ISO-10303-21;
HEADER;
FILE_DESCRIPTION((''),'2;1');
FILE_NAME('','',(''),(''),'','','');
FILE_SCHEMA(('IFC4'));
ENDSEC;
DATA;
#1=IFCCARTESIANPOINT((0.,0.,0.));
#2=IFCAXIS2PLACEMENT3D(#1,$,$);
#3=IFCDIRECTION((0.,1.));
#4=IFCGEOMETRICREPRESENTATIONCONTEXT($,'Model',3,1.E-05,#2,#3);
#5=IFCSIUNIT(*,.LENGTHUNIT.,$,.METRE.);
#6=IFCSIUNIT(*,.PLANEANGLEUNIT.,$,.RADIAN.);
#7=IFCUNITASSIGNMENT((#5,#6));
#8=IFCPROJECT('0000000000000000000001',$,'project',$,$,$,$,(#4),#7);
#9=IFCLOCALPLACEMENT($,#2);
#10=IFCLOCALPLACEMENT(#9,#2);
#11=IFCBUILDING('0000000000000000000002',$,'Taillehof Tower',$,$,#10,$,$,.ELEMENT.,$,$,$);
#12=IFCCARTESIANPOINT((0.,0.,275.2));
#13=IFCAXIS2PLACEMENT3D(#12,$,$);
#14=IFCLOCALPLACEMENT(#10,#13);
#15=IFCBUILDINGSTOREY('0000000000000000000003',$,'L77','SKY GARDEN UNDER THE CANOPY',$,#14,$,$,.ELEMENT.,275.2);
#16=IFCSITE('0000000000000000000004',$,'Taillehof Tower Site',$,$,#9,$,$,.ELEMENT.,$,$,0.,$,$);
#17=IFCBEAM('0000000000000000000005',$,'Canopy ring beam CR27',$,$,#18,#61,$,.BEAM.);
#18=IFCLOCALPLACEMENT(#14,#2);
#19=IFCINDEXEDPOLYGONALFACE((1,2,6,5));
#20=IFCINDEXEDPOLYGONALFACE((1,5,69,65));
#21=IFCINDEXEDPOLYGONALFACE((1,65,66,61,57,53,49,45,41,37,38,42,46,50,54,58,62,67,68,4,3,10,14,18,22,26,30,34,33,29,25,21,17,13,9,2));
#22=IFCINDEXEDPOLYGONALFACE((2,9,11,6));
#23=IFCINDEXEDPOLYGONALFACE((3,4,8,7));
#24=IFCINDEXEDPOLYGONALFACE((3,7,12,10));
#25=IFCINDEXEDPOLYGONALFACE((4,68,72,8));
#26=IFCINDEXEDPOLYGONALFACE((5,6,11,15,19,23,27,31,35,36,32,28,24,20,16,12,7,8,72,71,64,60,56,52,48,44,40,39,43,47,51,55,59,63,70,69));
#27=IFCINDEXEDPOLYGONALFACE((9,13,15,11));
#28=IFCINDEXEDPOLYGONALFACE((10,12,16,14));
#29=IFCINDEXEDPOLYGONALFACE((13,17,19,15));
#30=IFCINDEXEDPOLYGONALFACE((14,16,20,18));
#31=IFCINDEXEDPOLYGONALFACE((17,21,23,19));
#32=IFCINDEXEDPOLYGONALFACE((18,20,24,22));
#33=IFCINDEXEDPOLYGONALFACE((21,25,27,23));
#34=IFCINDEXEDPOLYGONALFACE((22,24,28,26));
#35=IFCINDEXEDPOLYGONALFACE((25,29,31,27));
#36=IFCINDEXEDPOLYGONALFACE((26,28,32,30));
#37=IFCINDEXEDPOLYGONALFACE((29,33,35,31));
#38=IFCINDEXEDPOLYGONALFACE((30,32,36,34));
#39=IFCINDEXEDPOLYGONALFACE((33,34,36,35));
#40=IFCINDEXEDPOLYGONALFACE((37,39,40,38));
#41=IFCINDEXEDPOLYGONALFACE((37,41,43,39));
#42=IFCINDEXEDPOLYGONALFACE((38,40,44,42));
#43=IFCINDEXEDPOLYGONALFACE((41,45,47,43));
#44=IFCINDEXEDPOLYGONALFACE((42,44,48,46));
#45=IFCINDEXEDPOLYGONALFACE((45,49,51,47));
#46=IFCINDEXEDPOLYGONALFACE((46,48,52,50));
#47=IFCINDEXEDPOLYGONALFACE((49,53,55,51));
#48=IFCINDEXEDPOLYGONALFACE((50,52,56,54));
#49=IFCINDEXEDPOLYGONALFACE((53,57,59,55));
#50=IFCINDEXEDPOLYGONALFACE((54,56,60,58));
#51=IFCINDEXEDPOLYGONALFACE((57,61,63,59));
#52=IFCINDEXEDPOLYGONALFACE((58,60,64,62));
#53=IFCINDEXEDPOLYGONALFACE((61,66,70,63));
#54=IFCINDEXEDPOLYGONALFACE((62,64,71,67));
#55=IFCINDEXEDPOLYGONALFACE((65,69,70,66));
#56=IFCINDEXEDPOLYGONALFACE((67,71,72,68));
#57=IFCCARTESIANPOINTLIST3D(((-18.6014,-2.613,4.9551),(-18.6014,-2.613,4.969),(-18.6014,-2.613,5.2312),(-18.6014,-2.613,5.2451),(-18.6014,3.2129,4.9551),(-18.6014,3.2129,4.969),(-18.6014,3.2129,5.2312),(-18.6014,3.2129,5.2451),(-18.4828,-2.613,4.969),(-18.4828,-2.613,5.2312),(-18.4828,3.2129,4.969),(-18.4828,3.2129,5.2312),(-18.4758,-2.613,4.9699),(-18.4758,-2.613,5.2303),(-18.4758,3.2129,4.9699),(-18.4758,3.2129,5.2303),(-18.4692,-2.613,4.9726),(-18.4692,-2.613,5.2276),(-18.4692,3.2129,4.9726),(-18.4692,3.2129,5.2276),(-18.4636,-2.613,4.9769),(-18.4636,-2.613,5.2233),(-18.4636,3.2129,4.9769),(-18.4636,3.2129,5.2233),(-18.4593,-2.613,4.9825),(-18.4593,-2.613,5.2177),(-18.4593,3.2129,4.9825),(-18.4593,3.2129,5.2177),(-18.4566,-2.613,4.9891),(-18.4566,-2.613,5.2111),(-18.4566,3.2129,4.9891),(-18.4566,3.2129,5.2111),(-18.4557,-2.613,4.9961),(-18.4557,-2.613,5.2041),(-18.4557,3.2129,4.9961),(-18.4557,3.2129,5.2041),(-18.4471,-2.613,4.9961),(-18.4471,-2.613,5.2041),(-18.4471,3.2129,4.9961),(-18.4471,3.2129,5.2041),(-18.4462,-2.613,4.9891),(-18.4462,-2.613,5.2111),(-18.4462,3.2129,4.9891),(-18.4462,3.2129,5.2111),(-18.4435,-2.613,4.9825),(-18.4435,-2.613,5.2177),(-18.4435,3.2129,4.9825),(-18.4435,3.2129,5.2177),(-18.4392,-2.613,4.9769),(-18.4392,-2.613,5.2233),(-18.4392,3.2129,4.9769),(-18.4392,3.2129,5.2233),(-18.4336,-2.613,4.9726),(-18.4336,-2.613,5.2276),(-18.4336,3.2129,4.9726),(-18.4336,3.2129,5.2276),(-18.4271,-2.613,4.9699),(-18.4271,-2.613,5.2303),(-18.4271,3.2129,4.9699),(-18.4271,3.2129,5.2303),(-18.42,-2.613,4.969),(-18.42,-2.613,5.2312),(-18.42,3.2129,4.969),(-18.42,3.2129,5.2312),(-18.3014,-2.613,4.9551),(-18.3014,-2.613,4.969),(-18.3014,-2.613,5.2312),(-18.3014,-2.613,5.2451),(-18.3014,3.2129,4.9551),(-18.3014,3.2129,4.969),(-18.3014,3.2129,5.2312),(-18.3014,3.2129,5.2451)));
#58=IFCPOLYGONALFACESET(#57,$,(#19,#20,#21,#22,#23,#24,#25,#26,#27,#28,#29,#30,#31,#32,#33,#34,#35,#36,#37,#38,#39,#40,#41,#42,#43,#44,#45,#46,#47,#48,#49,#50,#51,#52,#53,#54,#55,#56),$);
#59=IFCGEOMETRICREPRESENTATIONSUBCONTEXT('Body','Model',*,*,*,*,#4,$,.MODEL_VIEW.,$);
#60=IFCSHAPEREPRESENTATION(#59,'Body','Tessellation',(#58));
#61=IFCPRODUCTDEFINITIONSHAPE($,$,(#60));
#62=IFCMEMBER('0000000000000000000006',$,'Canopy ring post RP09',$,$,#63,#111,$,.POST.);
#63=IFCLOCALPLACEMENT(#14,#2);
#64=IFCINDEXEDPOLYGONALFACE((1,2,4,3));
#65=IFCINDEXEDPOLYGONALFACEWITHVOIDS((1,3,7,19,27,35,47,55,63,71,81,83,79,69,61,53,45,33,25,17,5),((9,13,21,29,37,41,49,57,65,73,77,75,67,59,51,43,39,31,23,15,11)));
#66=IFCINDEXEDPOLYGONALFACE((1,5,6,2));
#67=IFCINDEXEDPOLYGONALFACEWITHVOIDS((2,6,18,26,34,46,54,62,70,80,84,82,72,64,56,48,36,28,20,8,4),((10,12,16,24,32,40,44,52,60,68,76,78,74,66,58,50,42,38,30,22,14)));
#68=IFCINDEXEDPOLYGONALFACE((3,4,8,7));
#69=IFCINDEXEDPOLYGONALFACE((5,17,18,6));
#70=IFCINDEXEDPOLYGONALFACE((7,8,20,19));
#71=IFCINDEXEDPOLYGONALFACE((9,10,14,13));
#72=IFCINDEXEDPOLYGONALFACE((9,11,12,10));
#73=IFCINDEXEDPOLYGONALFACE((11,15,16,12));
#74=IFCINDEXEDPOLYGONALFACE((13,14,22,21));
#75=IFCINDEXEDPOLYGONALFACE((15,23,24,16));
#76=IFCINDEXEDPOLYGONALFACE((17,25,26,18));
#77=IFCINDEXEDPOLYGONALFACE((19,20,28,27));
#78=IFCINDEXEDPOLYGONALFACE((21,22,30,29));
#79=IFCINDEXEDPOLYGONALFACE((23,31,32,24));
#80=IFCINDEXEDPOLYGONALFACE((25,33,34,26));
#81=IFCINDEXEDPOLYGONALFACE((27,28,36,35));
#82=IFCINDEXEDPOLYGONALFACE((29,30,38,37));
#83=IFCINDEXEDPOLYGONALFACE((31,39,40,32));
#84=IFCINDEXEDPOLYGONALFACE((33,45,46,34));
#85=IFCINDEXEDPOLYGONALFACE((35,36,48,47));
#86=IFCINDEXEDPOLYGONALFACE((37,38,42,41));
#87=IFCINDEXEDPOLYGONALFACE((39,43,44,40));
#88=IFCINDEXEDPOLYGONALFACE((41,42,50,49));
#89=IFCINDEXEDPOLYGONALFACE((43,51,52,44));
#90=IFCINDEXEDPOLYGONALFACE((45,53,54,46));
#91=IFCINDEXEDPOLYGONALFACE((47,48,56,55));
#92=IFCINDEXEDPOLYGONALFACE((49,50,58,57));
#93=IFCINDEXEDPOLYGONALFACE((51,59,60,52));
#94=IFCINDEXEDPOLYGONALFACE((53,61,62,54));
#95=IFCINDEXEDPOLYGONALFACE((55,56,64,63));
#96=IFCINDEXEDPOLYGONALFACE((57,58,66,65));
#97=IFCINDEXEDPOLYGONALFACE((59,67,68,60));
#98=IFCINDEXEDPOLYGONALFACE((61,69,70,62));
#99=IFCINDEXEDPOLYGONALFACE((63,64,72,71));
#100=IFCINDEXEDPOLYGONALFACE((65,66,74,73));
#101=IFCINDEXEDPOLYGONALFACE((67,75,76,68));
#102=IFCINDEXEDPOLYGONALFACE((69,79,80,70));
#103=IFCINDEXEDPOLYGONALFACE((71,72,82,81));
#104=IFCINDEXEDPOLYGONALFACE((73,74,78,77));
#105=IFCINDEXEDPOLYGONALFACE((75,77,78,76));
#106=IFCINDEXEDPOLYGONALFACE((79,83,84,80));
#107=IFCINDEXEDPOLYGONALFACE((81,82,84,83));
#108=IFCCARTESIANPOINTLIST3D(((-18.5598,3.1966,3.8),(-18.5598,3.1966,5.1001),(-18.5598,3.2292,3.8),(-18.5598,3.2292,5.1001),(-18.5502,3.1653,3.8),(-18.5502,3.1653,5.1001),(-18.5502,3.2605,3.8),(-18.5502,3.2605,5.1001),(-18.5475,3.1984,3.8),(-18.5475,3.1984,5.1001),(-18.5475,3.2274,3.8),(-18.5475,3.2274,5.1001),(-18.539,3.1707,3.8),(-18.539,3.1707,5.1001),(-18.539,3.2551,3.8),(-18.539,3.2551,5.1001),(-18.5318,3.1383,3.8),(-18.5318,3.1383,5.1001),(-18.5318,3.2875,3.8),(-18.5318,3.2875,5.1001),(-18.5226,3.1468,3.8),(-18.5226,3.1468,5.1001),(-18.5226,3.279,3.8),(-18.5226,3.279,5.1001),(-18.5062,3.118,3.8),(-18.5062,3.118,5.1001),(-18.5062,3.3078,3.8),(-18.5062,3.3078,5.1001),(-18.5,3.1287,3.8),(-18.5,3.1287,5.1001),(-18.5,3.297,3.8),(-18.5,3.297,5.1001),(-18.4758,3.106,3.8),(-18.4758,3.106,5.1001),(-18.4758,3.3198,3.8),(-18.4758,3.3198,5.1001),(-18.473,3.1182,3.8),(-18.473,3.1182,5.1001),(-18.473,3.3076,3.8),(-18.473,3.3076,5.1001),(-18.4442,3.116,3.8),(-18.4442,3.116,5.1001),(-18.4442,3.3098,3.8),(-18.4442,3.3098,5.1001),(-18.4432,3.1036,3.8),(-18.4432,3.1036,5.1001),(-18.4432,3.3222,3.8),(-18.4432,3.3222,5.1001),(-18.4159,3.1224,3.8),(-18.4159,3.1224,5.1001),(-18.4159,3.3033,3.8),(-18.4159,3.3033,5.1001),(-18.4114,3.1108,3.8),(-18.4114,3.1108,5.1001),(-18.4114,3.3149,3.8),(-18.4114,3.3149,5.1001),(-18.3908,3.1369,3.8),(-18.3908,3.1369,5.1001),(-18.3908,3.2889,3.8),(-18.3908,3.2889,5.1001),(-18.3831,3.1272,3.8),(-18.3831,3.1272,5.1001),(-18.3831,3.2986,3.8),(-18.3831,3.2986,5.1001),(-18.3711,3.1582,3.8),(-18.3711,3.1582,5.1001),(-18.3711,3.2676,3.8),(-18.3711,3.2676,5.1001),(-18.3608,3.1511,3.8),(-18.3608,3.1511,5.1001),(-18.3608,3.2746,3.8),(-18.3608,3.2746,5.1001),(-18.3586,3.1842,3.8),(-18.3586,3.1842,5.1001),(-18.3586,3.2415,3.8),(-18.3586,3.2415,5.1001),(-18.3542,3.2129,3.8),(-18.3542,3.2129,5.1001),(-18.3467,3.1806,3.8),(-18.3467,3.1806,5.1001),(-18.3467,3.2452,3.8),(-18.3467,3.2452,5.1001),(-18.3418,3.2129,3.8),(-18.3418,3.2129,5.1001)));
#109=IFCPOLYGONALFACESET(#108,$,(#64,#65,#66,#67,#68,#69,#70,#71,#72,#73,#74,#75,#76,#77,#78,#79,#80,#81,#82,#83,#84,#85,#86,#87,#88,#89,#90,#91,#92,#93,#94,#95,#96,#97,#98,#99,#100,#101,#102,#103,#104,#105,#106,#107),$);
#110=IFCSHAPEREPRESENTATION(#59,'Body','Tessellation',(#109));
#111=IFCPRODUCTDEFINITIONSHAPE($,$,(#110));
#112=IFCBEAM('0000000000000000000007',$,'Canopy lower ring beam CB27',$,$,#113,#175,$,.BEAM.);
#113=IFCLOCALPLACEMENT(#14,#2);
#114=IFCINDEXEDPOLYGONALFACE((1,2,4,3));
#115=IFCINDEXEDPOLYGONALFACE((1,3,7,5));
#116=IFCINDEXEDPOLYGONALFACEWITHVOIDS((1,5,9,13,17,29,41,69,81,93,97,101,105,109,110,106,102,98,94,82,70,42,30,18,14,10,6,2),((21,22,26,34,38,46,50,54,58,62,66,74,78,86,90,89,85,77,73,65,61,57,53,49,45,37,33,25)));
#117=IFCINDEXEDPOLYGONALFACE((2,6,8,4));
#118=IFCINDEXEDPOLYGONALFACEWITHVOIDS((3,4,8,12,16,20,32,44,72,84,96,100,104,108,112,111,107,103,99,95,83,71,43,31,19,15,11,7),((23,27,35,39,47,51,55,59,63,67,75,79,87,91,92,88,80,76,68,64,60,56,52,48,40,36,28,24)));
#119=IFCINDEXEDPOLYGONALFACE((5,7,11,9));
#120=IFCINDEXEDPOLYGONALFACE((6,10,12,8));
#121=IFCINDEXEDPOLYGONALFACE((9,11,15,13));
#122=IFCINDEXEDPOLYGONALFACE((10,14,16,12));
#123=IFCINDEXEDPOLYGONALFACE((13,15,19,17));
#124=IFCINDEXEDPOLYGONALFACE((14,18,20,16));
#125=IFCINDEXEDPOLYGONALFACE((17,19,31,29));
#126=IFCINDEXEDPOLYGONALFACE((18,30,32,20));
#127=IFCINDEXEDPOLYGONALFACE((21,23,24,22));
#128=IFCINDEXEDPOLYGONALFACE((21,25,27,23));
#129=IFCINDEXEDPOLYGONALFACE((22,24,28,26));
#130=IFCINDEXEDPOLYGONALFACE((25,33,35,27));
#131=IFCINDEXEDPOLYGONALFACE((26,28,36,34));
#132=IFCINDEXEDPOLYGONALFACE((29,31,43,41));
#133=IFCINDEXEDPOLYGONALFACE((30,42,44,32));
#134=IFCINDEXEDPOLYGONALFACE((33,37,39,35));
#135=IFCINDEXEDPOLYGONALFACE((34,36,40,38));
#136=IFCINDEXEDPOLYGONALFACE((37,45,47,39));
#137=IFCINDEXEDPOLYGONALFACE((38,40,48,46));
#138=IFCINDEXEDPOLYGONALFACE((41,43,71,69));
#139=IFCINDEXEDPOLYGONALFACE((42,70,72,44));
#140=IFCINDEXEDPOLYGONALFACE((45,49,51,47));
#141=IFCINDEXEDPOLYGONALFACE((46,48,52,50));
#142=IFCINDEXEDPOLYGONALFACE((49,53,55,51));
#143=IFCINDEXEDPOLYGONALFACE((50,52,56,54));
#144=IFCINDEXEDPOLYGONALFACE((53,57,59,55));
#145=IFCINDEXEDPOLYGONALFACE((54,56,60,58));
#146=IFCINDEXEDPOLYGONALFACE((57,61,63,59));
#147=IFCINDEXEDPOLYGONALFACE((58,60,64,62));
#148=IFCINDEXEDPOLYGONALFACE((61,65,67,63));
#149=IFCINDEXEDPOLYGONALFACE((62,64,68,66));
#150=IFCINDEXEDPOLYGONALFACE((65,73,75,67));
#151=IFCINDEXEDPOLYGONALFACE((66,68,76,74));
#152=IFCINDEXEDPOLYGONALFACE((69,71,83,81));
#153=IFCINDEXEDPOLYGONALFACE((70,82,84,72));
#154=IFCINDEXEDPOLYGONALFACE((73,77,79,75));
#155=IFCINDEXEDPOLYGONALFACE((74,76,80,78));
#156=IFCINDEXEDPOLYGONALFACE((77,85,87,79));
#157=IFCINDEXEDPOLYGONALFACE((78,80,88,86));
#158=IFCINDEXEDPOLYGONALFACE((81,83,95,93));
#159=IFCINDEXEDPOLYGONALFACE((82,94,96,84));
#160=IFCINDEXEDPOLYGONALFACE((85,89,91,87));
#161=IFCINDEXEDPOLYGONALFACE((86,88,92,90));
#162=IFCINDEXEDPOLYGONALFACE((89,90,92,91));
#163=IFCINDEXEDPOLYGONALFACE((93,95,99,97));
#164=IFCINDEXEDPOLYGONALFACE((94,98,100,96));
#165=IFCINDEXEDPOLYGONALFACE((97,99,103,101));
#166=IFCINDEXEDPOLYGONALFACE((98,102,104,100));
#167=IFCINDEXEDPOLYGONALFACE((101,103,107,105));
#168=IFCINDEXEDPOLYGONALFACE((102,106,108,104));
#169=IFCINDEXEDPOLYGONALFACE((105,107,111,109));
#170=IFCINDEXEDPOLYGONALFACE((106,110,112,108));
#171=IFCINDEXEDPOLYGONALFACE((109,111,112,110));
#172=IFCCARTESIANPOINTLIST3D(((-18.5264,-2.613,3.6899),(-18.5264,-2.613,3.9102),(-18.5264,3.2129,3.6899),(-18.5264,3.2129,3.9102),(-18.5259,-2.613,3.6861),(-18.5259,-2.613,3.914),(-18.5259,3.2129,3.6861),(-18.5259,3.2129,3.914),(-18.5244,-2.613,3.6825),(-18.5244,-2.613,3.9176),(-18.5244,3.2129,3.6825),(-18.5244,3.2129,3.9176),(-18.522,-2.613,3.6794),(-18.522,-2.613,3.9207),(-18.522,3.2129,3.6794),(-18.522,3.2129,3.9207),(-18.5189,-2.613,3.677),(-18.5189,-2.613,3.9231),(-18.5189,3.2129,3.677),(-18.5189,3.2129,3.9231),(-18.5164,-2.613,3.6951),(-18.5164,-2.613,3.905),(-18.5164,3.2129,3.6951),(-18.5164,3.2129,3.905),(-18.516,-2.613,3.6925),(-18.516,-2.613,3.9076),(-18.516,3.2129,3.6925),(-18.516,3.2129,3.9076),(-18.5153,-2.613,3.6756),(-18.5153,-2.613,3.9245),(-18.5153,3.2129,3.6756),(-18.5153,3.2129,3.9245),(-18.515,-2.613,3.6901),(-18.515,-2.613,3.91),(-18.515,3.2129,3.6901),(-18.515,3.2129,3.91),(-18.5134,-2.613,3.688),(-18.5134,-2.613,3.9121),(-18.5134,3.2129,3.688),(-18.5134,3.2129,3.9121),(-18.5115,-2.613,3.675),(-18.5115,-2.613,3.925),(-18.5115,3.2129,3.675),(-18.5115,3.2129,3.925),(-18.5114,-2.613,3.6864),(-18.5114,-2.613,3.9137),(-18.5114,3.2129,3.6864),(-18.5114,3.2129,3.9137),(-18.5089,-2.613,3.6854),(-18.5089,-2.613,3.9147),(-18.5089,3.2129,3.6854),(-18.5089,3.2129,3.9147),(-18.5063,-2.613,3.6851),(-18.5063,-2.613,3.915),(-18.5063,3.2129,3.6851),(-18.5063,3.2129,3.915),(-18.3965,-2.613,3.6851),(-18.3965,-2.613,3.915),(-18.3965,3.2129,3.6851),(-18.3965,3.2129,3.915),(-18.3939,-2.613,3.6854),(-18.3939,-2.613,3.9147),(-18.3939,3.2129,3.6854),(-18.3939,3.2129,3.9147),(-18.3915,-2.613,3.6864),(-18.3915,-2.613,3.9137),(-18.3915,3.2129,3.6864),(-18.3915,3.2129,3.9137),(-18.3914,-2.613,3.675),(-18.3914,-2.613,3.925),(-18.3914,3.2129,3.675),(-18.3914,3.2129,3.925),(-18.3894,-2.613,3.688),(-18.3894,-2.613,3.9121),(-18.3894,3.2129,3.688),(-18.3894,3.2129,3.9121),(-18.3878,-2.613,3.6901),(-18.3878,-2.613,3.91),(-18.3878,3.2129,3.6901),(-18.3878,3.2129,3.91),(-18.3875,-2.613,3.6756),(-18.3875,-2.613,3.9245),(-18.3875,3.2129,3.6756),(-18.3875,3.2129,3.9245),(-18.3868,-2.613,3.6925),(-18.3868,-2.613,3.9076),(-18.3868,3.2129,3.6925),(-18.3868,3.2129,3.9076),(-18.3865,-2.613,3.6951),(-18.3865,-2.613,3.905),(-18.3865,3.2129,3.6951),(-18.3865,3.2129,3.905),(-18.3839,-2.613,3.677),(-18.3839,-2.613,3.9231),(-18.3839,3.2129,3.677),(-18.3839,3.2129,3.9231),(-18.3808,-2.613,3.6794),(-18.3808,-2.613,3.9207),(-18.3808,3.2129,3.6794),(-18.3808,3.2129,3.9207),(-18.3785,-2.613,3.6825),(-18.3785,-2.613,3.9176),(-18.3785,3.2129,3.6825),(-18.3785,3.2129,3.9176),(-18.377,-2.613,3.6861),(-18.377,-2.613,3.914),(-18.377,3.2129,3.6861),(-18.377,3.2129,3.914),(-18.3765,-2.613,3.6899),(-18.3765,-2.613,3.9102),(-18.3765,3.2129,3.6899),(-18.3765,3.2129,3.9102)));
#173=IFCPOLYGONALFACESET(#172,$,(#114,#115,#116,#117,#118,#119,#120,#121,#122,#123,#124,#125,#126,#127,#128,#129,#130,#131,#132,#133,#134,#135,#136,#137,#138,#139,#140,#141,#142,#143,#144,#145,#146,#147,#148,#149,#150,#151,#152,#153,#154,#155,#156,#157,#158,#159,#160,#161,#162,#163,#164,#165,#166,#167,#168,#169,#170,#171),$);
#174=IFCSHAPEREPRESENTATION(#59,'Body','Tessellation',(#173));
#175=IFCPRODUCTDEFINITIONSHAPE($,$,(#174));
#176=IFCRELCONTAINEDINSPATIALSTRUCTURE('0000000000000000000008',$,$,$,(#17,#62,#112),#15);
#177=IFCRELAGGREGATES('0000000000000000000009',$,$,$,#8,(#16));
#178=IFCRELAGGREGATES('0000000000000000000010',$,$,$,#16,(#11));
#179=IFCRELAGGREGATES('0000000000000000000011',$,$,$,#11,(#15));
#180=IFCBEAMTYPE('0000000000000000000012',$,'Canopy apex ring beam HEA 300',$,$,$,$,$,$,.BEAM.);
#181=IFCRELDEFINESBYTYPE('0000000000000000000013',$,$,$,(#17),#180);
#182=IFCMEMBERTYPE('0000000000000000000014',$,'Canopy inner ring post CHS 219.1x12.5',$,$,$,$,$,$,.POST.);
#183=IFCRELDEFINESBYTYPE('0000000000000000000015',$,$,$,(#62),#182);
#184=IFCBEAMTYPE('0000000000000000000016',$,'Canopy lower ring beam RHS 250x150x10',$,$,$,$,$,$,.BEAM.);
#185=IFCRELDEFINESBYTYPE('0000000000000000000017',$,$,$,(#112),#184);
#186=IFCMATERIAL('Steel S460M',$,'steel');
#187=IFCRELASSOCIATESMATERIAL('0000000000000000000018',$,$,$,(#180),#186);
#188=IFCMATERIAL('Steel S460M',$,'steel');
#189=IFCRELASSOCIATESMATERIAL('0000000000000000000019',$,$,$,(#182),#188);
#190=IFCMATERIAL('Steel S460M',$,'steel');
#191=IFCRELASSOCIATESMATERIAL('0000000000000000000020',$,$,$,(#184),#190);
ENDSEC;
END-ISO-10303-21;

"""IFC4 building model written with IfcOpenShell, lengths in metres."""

from ifc_helpers import new_model, si_unit, direction, frame, origin, origin_2d, place, context, subcontext, project, spatial, hollow_rectangle, hollow_circle, i_section, extrude, material, material_profile, profile_set, type_object, element, save


model = new_model("IFC4")

# Units and contexts
model_context = context("Model", 3, precision=1e-05, world=origin(), true_north=direction((0.0, 1.0)))
body_context = subcontext(model_context, "Body", "Model", "MODEL_VIEW")
ifc_project = project(units=[si_unit("LENGTHUNIT", "METRE"), si_unit("PLANEANGLEUNIT", "RADIAN")], contexts=[model_context])

# Site, building, storey
site_placement = place(None, origin())
site = spatial("IfcSite", under=ifc_project, at=site_placement, Name="Taillehof Tower Site", CompositionType="ELEMENT", RefElevation=0.0)
building_placement = place(site_placement, origin())
building = spatial("IfcBuilding", under=site, at=building_placement, Name="Taillehof Tower", CompositionType="ELEMENT")
storey_placement = place(building_placement, frame((0.0, 0.0, 275.2)))
storey = spatial("IfcBuildingStorey", under=building, at=storey_placement, Name="L77", Description="SKY GARDEN UNDER THE CANOPY", CompositionType="ELEMENT", Elevation=275.2)

# Beam
ifc_material_1 = material(Name="Steel S460M", Category="steel")
ifc_material_profile_1 = material_profile(ifc_material_1, i_section(OverallWidth=0.3, OverallDepth=0.29, WebThickness=0.0085, FlangeThickness=0.0139, FilletRadius=0.0271, at=origin_2d()), Name="HEA 300")
ifc_profile_set_1 = profile_set([ifc_material_profile_1], Name="Steel S460M")
beam_type_1 = type_object("IfcBeamType", Name="Canopy apex ring beam HEA 300", PredefinedType="BEAM", material=ifc_profile_set_1)
beam_1_placement = place(storey_placement, frame((-18.4514, 3.2129, 5.1001), z_axis=(0.0, -1.0, 0.0), x_axis=(1.0, 0.0, 0.0)))
element("IfcBeam", 1, at=beam_1_placement, inside=storey, type_object=beam_type_1, Name="Canopy ring beam CR27", PredefinedType="BEAM", context=body_context, shape_type="SweptSolid", body=[
    extrude(i_section(OverallWidth=0.3, OverallDepth=0.29, WebThickness=0.0085, FlangeThickness=0.0139, FilletRadius=0.0271, at=origin_2d()), origin(), (0.0, 0.0, 1.0), 5.8259),
])

# Member
ifc_material_2 = material(Name="Steel S460M", Category="steel")
ifc_material_profile_2 = material_profile(ifc_material_2, hollow_circle(Radius=0.1096, WallThickness=0.0125, at=origin_2d()), Name="CHS 219.1x12.5")
ifc_profile_set_2 = profile_set([ifc_material_profile_2], Name="Steel S460M")
member_type_1 = type_object("IfcMemberType", Name="Canopy inner ring post CHS 219.1x12.5", PredefinedType="POST", material=ifc_profile_set_2)
member_1_placement = place(storey_placement, frame((-18.4514, 3.2129, 3.8), z_axis=(0.0, 0.0, 1.0), x_axis=(1.0, 0.0, 0.0)))
element("IfcMember", 2, at=member_1_placement, inside=storey, type_object=member_type_1, Name="Canopy ring post RP09", PredefinedType="POST", context=body_context, shape_type="SweptSolid", body=[
    extrude(hollow_circle(Radius=0.1096, WallThickness=0.0125, at=origin_2d()), origin(), (0.0, 0.0, 1.0), 1.3),
])

# Beam
ifc_material_3 = material(Name="Steel S460M", Category="steel")
ifc_material_profile_3 = material_profile(ifc_material_3, hollow_rectangle(XDim=0.1499, YDim=0.25, WallThickness=0.01, InnerFilletRadius=0.01, OuterFilletRadius=0.0149, at=origin_2d()), Name="RHS 250x150x10")
ifc_profile_set_3 = profile_set([ifc_material_profile_3], Name="Steel S460M")
beam_type_2 = type_object("IfcBeamType", Name="Canopy lower ring beam RHS 250x150x10", PredefinedType="BEAM", material=ifc_profile_set_3)
beam_2_placement = place(storey_placement, frame((-18.4514, 3.2129, 3.8), z_axis=(0.0, -1.0, 0.0), x_axis=(1.0, 0.0, 0.0)))
element("IfcBeam", 3, at=beam_2_placement, inside=storey, type_object=beam_type_2, Name="Canopy lower ring beam CB27", PredefinedType="BEAM", context=body_context, shape_type="SweptSolid", body=[
    extrude(hollow_rectangle(XDim=0.1499, YDim=0.25, WallThickness=0.01, InnerFilletRadius=0.01, OuterFilletRadius=0.0149, at=origin_2d()), origin(), (0.0, 0.0, 1.0), 5.8259),
])

save(model, "model.ifc")
